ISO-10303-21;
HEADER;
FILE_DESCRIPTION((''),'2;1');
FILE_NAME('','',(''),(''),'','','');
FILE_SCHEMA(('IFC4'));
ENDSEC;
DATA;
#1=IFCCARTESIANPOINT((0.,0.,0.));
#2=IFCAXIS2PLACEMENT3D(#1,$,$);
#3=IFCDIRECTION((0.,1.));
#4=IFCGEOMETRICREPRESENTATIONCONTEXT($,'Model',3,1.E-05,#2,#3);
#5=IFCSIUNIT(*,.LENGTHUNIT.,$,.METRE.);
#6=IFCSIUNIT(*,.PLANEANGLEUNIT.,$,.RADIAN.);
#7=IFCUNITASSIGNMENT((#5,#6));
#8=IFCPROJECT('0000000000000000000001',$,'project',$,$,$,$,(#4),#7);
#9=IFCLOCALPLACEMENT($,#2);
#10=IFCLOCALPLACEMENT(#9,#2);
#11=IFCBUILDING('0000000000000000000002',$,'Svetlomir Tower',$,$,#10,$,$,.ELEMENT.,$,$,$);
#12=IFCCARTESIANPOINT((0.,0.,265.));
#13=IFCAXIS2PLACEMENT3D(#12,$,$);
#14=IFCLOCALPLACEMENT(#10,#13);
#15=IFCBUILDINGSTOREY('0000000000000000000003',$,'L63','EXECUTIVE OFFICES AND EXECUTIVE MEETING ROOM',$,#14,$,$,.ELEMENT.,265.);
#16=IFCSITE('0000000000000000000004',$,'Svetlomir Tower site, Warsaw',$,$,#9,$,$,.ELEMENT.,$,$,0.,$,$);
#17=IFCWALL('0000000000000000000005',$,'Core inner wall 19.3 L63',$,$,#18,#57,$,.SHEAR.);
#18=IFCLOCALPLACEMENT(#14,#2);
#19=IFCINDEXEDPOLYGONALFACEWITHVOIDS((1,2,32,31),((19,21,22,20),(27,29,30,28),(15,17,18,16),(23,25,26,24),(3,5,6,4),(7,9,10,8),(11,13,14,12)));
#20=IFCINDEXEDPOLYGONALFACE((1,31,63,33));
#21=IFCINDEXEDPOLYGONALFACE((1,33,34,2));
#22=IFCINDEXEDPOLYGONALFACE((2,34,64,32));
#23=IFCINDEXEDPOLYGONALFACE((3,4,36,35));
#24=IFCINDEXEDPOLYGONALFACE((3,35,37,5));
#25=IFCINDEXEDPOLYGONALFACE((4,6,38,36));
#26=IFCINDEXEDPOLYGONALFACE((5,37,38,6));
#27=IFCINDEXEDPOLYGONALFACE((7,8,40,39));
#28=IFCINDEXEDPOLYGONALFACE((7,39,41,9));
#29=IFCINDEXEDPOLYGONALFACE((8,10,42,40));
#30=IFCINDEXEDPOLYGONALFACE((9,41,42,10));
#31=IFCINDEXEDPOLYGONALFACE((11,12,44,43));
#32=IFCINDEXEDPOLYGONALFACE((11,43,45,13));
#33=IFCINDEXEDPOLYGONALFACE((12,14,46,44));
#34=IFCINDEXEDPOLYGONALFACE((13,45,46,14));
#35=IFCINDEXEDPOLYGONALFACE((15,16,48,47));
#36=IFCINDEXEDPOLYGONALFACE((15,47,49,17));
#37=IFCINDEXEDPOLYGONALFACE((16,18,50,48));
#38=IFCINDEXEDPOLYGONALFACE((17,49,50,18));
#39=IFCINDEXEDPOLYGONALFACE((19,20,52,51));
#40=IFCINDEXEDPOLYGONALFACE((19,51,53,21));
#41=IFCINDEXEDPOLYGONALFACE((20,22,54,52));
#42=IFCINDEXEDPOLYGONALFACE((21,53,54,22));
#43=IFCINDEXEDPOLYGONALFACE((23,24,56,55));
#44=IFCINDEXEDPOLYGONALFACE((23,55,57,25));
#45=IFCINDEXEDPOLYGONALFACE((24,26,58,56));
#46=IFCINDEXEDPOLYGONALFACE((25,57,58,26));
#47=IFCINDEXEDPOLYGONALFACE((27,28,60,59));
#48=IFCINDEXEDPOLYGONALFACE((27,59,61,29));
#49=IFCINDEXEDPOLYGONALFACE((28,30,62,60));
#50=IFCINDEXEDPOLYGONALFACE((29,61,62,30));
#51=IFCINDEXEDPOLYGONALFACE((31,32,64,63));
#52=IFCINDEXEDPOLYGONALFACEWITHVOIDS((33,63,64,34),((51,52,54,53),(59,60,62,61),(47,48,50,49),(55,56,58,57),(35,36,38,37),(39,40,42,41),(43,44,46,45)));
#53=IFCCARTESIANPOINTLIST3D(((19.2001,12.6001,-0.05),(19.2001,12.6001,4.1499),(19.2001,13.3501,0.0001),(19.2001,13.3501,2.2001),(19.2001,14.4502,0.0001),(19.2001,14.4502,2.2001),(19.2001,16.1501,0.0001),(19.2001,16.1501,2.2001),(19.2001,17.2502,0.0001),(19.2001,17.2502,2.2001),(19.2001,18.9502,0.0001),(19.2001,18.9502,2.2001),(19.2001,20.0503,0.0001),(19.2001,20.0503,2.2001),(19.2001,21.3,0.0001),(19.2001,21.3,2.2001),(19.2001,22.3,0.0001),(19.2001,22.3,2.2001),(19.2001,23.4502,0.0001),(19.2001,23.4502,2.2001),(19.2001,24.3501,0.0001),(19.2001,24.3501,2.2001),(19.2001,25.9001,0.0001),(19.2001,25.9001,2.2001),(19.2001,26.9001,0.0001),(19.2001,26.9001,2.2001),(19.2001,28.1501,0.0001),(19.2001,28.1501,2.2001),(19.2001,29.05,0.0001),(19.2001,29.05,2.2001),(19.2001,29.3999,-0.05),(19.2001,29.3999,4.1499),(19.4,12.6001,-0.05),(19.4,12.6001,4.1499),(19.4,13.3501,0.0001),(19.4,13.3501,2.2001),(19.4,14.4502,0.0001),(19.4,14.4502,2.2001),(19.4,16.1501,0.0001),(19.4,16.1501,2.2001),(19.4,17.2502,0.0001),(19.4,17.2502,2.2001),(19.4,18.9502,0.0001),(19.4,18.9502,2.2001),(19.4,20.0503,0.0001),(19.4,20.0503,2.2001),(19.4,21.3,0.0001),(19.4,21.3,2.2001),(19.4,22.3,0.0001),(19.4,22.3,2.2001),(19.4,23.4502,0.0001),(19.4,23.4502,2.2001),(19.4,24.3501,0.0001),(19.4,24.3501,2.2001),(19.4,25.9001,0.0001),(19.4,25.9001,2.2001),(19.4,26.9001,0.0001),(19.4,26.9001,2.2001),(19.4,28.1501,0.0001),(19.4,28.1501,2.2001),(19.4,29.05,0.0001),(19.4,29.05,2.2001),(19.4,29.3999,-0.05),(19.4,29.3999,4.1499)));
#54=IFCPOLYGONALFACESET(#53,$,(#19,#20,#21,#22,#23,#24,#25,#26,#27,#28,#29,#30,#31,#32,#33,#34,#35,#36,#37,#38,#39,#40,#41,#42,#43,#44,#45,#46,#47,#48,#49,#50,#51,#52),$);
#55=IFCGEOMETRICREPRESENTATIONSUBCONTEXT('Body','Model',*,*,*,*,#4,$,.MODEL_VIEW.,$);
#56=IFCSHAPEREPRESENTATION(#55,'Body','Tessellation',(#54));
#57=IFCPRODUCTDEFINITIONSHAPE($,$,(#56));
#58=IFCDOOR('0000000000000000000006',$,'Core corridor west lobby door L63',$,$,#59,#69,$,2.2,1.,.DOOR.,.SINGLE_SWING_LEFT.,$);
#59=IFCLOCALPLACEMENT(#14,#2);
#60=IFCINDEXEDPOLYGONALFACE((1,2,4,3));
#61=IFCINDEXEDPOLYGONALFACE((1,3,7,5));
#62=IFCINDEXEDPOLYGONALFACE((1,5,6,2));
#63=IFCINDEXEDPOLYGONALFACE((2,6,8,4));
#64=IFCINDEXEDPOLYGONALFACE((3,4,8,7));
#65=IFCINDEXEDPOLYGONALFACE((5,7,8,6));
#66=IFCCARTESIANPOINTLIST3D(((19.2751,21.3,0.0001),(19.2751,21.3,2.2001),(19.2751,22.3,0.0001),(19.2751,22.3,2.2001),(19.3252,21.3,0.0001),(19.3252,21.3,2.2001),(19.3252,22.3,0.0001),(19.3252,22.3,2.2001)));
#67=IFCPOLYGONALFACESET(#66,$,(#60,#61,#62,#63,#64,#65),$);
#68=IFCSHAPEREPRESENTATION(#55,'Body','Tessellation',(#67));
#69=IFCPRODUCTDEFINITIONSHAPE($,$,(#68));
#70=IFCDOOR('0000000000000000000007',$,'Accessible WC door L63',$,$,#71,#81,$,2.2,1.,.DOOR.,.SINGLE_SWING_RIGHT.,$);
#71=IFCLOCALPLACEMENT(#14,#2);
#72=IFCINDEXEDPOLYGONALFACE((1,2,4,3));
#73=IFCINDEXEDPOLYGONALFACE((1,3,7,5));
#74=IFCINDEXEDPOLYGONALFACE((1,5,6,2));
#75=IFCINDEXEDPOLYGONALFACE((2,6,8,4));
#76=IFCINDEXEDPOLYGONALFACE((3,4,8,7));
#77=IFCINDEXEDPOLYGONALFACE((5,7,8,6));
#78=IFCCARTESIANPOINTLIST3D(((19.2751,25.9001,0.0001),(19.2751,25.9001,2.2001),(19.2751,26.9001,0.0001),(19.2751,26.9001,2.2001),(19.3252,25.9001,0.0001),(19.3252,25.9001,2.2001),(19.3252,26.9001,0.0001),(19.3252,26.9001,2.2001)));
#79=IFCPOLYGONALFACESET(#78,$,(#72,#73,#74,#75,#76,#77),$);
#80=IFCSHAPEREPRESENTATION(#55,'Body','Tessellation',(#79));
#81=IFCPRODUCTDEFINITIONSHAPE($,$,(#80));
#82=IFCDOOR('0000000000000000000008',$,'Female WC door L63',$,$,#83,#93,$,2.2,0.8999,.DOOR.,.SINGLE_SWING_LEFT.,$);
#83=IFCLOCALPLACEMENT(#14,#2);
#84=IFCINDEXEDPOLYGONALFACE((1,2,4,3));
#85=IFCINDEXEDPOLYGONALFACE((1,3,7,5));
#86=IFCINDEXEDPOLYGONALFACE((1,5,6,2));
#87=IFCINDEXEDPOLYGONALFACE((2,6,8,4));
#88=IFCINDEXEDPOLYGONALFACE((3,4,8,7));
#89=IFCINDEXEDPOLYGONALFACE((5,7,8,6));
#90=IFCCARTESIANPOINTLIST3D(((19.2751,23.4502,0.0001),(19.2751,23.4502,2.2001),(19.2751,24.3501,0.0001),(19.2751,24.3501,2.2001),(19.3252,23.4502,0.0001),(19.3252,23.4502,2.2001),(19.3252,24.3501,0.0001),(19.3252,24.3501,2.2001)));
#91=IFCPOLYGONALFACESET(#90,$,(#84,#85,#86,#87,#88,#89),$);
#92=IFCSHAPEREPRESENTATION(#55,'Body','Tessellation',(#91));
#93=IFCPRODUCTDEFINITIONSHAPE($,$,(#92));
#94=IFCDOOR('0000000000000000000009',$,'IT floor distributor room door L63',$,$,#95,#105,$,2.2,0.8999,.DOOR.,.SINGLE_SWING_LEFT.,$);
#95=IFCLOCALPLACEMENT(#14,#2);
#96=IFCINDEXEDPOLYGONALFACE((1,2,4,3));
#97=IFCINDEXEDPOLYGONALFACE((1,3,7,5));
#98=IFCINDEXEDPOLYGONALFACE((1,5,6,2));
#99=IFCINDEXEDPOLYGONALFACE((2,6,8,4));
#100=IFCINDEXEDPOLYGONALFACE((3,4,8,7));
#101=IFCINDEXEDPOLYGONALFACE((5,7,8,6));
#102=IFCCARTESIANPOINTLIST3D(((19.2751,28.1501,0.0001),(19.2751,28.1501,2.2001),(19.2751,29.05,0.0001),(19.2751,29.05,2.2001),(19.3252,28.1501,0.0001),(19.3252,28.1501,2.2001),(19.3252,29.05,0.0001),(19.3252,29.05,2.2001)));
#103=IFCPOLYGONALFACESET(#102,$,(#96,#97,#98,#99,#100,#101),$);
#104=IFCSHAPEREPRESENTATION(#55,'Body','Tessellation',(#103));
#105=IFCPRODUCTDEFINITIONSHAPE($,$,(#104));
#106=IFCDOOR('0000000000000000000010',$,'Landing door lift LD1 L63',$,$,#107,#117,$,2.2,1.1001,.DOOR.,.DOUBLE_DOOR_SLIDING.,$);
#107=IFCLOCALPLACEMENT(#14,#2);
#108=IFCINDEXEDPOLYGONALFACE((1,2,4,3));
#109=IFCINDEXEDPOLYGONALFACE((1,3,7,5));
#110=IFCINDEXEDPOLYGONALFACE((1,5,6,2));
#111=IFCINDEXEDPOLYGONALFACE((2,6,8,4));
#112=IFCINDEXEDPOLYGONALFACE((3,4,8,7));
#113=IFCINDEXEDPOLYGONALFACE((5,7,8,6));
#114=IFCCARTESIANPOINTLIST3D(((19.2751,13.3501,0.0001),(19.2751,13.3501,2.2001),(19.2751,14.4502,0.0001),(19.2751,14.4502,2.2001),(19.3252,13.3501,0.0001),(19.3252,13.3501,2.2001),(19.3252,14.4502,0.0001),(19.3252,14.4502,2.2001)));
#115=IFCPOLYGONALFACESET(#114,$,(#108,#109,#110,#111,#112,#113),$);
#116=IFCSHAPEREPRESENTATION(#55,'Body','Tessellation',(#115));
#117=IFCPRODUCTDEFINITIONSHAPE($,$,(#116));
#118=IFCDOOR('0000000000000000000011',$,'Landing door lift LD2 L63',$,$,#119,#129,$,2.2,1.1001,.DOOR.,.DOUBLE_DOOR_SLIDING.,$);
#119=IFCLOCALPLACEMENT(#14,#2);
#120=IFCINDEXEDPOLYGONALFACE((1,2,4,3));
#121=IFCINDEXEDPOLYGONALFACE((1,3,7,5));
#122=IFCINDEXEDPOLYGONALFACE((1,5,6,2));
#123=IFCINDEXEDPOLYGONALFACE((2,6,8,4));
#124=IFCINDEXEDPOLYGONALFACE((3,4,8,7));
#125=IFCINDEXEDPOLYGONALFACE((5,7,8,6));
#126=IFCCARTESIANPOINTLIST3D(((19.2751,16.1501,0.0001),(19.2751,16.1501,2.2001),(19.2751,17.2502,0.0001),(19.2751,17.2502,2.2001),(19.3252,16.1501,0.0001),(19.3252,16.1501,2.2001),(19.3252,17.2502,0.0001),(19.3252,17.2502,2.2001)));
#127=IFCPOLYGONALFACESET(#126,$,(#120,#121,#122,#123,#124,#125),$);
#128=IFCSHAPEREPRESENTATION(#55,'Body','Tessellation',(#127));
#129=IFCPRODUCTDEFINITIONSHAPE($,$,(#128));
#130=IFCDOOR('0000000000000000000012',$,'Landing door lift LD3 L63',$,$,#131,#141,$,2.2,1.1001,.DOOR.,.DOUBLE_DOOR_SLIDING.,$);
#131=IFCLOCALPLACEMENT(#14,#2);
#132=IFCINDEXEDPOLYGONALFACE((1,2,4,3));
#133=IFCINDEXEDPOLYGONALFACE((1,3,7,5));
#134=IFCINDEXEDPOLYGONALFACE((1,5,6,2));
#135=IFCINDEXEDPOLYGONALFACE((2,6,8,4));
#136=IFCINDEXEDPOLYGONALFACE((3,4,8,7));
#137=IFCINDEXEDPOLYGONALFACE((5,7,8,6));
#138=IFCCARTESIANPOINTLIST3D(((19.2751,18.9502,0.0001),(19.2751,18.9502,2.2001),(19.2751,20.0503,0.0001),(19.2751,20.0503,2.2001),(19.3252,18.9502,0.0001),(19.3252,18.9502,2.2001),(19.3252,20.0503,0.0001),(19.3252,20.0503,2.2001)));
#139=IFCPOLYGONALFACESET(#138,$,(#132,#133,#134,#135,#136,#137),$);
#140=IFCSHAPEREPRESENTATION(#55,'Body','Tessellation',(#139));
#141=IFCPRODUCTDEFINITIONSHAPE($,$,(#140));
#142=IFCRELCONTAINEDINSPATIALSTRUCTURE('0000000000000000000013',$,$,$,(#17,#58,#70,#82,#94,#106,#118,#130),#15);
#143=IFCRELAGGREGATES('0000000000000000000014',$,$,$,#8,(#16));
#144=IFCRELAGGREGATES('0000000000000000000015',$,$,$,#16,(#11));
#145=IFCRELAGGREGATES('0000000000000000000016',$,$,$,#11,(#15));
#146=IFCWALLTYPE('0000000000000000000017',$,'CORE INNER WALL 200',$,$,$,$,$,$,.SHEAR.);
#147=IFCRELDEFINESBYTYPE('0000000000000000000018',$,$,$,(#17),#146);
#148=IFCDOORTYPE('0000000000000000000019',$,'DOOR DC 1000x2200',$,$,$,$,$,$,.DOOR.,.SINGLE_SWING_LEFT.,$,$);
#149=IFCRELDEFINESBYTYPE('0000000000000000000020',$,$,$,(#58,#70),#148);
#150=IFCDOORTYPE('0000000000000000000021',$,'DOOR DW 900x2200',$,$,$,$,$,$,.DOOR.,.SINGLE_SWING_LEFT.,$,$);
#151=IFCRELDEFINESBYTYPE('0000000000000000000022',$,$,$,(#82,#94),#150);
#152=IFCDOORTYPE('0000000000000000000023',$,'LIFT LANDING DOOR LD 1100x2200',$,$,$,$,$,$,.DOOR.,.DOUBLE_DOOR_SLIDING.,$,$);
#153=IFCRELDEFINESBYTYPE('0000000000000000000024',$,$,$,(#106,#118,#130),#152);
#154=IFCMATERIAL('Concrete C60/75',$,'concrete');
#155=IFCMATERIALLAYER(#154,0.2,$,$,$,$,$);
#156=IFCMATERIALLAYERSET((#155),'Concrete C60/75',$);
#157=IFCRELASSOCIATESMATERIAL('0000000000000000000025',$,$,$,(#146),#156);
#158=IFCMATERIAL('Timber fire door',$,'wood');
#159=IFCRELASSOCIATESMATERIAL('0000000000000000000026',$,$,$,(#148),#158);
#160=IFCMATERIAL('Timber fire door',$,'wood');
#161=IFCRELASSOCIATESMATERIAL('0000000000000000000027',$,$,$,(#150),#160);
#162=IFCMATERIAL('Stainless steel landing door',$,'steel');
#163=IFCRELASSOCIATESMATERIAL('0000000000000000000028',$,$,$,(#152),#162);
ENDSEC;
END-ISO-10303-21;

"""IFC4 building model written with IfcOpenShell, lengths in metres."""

from ifc_helpers import new_model, si_unit, direction, frame, frame_2d, origin, place, context, subcontext, project, spatial, rectangle, extrude, material, layer, layer_set, type_object, element, fill, save


model = new_model("IFC4")

# Units and contexts
model_context = context("Model", 3, precision=1e-05, world=origin(), true_north=direction((0.0, 1.0)))
body_context = subcontext(model_context, "Body", "Model", "MODEL_VIEW")
ifc_project = project(units=[si_unit("LENGTHUNIT", "METRE"), si_unit("PLANEANGLEUNIT", "RADIAN")], contexts=[model_context])

# Site, building, storey
site_placement = place(None, origin())
site = spatial("IfcSite", under=ifc_project, at=site_placement, Name="Svetlomir Tower site, Warsaw", CompositionType="ELEMENT", RefElevation=0.0)
building_placement = place(site_placement, origin())
building = spatial("IfcBuilding", under=site, at=building_placement, Name="Svetlomir Tower", CompositionType="ELEMENT")
storey_placement = place(building_placement, frame((0.0, 0.0, 265.0)))
storey = spatial("IfcBuildingStorey", under=building, at=storey_placement, Name="L63", Description="EXECUTIVE OFFICES AND EXECUTIVE MEETING ROOM", CompositionType="ELEMENT", Elevation=265.0)

# Shared definitions
ifc_material_1 = material(Name="Concrete C60/75", Category="concrete")
ifc_layer_1 = layer(ifc_material_1, 0.2)
ifc_layer_set_1 = layer_set([ifc_layer_1], Name="Concrete C60/75")
wall_type = type_object("IfcWallType", Name="CORE INNER WALL 200", PredefinedType="SHEAR", material=ifc_layer_set_1)

# Wall, openings, doors
wall_1_placement = place(storey_placement, frame((19.3, 12.6001, -0.05), z_axis=(0.0, 0.0, 1.0), x_axis=(0.0, 1.0, 0.0)))
wall_1 = element("IfcWall", 1, at=wall_1_placement, inside=storey, type_object=wall_type, Name="Core inner wall 19.3 L63", PredefinedType="SHEAR", context=body_context, shape_type="SweptSolid", body=[
    extrude(rectangle(XDim=16.7998, YDim=0.2, at=frame_2d((8.3999, 0.0))), origin(), (0.0, 0.0, 1.0), 4.2),
])
opening_1_placement = place(wall_1_placement, frame((8.7, 0.0, 0.05)))
opening_1 = element("IfcOpeningElement", 2, at=opening_1_placement, cuts=wall_1, PredefinedType="OPENING", context=body_context, shape_type="SweptSolid", body=[
    extrude(rectangle(XDim=1.0, YDim=2.2, at=frame_2d((0.5, 1.1001))), frame((0.0, 0.1099, 0.0), z_axis=(0.0, -1.0, 0.0), x_axis=(1.0, 0.0, 0.0)), (0.0, 0.0, 1.0), 0.22),
])
opening_2_placement = place(wall_1_placement, frame((10.8501, 0.0, 0.05)))
opening_2 = element("IfcOpeningElement", 3, at=opening_2_placement, cuts=wall_1, PredefinedType="OPENING", context=body_context, shape_type="SweptSolid", body=[
    extrude(rectangle(XDim=0.8999, YDim=2.2, at=frame_2d((0.45, 1.1001))), frame((0.0, 0.1099, 0.0), z_axis=(0.0, -1.0, 0.0), x_axis=(1.0, 0.0, 0.0)), (0.0, 0.0, 1.0), 0.22),
])
opening_3_placement = place(wall_1_placement, frame((13.3, 0.0, 0.05)))
opening_3 = element("IfcOpeningElement", 4, at=opening_3_placement, cuts=wall_1, PredefinedType="OPENING", context=body_context, shape_type="SweptSolid", body=[
    extrude(rectangle(XDim=1.0, YDim=2.2, at=frame_2d((0.5, 1.1001))), frame((0.0, 0.1099, 0.0), z_axis=(0.0, -1.0, 0.0), x_axis=(1.0, 0.0, 0.0)), (0.0, 0.0, 1.0), 0.22),
])
opening_4_placement = place(wall_1_placement, frame((15.55, 0.0, 0.05)))
opening_4 = element("IfcOpeningElement", 5, at=opening_4_placement, cuts=wall_1, PredefinedType="OPENING", context=body_context, shape_type="SweptSolid", body=[
    extrude(rectangle(XDim=0.8999, YDim=2.2, at=frame_2d((0.45, 1.1001))), frame((0.0, 0.1099, 0.0), z_axis=(0.0, -1.0, 0.0), x_axis=(1.0, 0.0, 0.0)), (0.0, 0.0, 1.0), 0.22),
])
opening_5_placement = place(wall_1_placement, frame((0.75, 0.0, 0.05)))
opening_5 = element("IfcOpeningElement", 6, at=opening_5_placement, cuts=wall_1, PredefinedType="OPENING", context=body_context, shape_type="SweptSolid", body=[
    extrude(rectangle(XDim=1.1001, YDim=2.2, at=frame_2d((0.55, 1.1001))), frame((0.0, 0.1099, 0.0), z_axis=(0.0, -1.0, 0.0), x_axis=(1.0, 0.0, 0.0)), (0.0, 0.0, 1.0), 0.22),
])
opening_6_placement = place(wall_1_placement, frame((3.55, 0.0, 0.05)))
opening_6 = element("IfcOpeningElement", 7, at=opening_6_placement, cuts=wall_1, PredefinedType="OPENING", context=body_context, shape_type="SweptSolid", body=[
    extrude(rectangle(XDim=1.1001, YDim=2.2, at=frame_2d((0.55, 1.1001))), frame((0.0, 0.1099, 0.0), z_axis=(0.0, -1.0, 0.0), x_axis=(1.0, 0.0, 0.0)), (0.0, 0.0, 1.0), 0.22),
])
opening_7_placement = place(wall_1_placement, frame((6.3501, 0.0, 0.05)))
opening_7 = element("IfcOpeningElement", 8, at=opening_7_placement, cuts=wall_1, PredefinedType="OPENING", context=body_context, shape_type="SweptSolid", body=[
    extrude(rectangle(XDim=1.1001, YDim=2.2, at=frame_2d((0.55, 1.1001))), frame((0.0, 0.1099, 0.0), z_axis=(0.0, -1.0, 0.0), x_axis=(1.0, 0.0, 0.0)), (0.0, 0.0, 1.0), 0.22),
])
ifc_material_2 = material(Name="Timber fire door", Category="wood")
door_type_1 = type_object("IfcDoorType", Name="DOOR DC 1000x2200", OperationType="SINGLE_SWING_LEFT", PredefinedType="DOOR", material=ifc_material_2)
door_1_placement = place(opening_1_placement, origin())
door_1 = element("IfcDoor", 9, at=door_1_placement, inside=storey, type_object=door_type_1, Name="Core corridor west lobby door L63", OperationType="SINGLE_SWING_LEFT", OverallHeight=2.2, OverallWidth=1.0, PredefinedType="DOOR", context=body_context, shape_type="SweptSolid", body=[
    extrude(rectangle(XDim=1.0, YDim=2.2, at=frame_2d((0.5, 1.1001))), frame((0.0, 0.0249, 0.0), z_axis=(0.0, -1.0, 0.0), x_axis=(1.0, 0.0, 0.0)), (0.0, 0.0, 1.0), 0.05),
])
fill(opening_1, door_1)
door_2_placement = place(opening_3_placement, origin())
door_2 = element("IfcDoor", 10, at=door_2_placement, inside=storey, type_object=door_type_1, Name="Accessible WC door L63", OperationType="SINGLE_SWING_RIGHT", OverallHeight=2.2, OverallWidth=1.0, PredefinedType="DOOR", context=body_context, shape_type="SweptSolid", body=[
    extrude(rectangle(XDim=1.0, YDim=2.2, at=frame_2d((0.5, 1.1001))), frame((0.0, 0.0249, 0.0), z_axis=(0.0, -1.0, 0.0), x_axis=(1.0, 0.0, 0.0)), (0.0, 0.0, 1.0), 0.05),
])
fill(opening_3, door_2)
ifc_material_3 = material(Name="Timber fire door", Category="wood")
door_type_2 = type_object("IfcDoorType", Name="DOOR DW 900x2200", OperationType="SINGLE_SWING_LEFT", PredefinedType="DOOR", material=ifc_material_3)
door_3_placement = place(opening_2_placement, origin())
door_3 = element("IfcDoor", 11, at=door_3_placement, inside=storey, type_object=door_type_2, Name="Female WC door L63", OperationType="SINGLE_SWING_LEFT", OverallHeight=2.2, OverallWidth=0.8999, PredefinedType="DOOR", context=body_context, shape_type="SweptSolid", body=[
    extrude(rectangle(XDim=0.8999, YDim=2.2, at=frame_2d((0.45, 1.1001))), frame((0.0, 0.0249, 0.0), z_axis=(0.0, -1.0, 0.0), x_axis=(1.0, 0.0, 0.0)), (0.0, 0.0, 1.0), 0.05),
])
fill(opening_2, door_3)
door_4_placement = place(opening_4_placement, origin())
door_4 = element("IfcDoor", 12, at=door_4_placement, inside=storey, type_object=door_type_2, Name="IT floor distributor room door L63", OperationType="SINGLE_SWING_LEFT", OverallHeight=2.2, OverallWidth=0.8999, PredefinedType="DOOR", context=body_context, shape_type="SweptSolid", body=[
    extrude(rectangle(XDim=0.8999, YDim=2.2, at=frame_2d((0.45, 1.1001))), frame((0.0, 0.0249, 0.0), z_axis=(0.0, -1.0, 0.0), x_axis=(1.0, 0.0, 0.0)), (0.0, 0.0, 1.0), 0.05),
])
fill(opening_4, door_4)
ifc_material_4 = material(Name="Stainless steel landing door", Category="steel")
door_type_3 = type_object("IfcDoorType", Name="LIFT LANDING DOOR LD 1100x2200", OperationType="DOUBLE_DOOR_SLIDING", PredefinedType="DOOR", material=ifc_material_4)
door_5_placement = place(opening_5_placement, origin())
door_5 = element("IfcDoor", 13, at=door_5_placement, inside=storey, type_object=door_type_3, Name="Landing door lift LD1 L63", OperationType="DOUBLE_DOOR_SLIDING", OverallHeight=2.2, OverallWidth=1.1001, PredefinedType="DOOR", context=body_context, shape_type="SweptSolid", body=[
    extrude(rectangle(XDim=1.1001, YDim=2.2, at=frame_2d((0.55, 1.1001))), frame((0.0, 0.0249, 0.0), z_axis=(0.0, -1.0, 0.0), x_axis=(1.0, 0.0, 0.0)), (0.0, 0.0, 1.0), 0.05),
])
fill(opening_5, door_5)
door_6_placement = place(opening_6_placement, origin())
door_6 = element("IfcDoor", 14, at=door_6_placement, inside=storey, type_object=door_type_3, Name="Landing door lift LD2 L63", OperationType="DOUBLE_DOOR_SLIDING", OverallHeight=2.2, OverallWidth=1.1001, PredefinedType="DOOR", context=body_context, shape_type="SweptSolid", body=[
    extrude(rectangle(XDim=1.1001, YDim=2.2, at=frame_2d((0.55, 1.1001))), frame((0.0, 0.0249, 0.0), z_axis=(0.0, -1.0, 0.0), x_axis=(1.0, 0.0, 0.0)), (0.0, 0.0, 1.0), 0.05),
])
fill(opening_6, door_6)
door_7_placement = place(opening_7_placement, origin())
door_7 = element("IfcDoor", 15, at=door_7_placement, inside=storey, type_object=door_type_3, Name="Landing door lift LD3 L63", OperationType="DOUBLE_DOOR_SLIDING", OverallHeight=2.2, OverallWidth=1.1001, PredefinedType="DOOR", context=body_context, shape_type="SweptSolid", body=[
    extrude(rectangle(XDim=1.1001, YDim=2.2, at=frame_2d((0.55, 1.1001))), frame((0.0, 0.0249, 0.0), z_axis=(0.0, -1.0, 0.0), x_axis=(1.0, 0.0, 0.0)), (0.0, 0.0, 1.0), 0.05),
])
fill(opening_7, door_7)

save(model, "model.ifc")
